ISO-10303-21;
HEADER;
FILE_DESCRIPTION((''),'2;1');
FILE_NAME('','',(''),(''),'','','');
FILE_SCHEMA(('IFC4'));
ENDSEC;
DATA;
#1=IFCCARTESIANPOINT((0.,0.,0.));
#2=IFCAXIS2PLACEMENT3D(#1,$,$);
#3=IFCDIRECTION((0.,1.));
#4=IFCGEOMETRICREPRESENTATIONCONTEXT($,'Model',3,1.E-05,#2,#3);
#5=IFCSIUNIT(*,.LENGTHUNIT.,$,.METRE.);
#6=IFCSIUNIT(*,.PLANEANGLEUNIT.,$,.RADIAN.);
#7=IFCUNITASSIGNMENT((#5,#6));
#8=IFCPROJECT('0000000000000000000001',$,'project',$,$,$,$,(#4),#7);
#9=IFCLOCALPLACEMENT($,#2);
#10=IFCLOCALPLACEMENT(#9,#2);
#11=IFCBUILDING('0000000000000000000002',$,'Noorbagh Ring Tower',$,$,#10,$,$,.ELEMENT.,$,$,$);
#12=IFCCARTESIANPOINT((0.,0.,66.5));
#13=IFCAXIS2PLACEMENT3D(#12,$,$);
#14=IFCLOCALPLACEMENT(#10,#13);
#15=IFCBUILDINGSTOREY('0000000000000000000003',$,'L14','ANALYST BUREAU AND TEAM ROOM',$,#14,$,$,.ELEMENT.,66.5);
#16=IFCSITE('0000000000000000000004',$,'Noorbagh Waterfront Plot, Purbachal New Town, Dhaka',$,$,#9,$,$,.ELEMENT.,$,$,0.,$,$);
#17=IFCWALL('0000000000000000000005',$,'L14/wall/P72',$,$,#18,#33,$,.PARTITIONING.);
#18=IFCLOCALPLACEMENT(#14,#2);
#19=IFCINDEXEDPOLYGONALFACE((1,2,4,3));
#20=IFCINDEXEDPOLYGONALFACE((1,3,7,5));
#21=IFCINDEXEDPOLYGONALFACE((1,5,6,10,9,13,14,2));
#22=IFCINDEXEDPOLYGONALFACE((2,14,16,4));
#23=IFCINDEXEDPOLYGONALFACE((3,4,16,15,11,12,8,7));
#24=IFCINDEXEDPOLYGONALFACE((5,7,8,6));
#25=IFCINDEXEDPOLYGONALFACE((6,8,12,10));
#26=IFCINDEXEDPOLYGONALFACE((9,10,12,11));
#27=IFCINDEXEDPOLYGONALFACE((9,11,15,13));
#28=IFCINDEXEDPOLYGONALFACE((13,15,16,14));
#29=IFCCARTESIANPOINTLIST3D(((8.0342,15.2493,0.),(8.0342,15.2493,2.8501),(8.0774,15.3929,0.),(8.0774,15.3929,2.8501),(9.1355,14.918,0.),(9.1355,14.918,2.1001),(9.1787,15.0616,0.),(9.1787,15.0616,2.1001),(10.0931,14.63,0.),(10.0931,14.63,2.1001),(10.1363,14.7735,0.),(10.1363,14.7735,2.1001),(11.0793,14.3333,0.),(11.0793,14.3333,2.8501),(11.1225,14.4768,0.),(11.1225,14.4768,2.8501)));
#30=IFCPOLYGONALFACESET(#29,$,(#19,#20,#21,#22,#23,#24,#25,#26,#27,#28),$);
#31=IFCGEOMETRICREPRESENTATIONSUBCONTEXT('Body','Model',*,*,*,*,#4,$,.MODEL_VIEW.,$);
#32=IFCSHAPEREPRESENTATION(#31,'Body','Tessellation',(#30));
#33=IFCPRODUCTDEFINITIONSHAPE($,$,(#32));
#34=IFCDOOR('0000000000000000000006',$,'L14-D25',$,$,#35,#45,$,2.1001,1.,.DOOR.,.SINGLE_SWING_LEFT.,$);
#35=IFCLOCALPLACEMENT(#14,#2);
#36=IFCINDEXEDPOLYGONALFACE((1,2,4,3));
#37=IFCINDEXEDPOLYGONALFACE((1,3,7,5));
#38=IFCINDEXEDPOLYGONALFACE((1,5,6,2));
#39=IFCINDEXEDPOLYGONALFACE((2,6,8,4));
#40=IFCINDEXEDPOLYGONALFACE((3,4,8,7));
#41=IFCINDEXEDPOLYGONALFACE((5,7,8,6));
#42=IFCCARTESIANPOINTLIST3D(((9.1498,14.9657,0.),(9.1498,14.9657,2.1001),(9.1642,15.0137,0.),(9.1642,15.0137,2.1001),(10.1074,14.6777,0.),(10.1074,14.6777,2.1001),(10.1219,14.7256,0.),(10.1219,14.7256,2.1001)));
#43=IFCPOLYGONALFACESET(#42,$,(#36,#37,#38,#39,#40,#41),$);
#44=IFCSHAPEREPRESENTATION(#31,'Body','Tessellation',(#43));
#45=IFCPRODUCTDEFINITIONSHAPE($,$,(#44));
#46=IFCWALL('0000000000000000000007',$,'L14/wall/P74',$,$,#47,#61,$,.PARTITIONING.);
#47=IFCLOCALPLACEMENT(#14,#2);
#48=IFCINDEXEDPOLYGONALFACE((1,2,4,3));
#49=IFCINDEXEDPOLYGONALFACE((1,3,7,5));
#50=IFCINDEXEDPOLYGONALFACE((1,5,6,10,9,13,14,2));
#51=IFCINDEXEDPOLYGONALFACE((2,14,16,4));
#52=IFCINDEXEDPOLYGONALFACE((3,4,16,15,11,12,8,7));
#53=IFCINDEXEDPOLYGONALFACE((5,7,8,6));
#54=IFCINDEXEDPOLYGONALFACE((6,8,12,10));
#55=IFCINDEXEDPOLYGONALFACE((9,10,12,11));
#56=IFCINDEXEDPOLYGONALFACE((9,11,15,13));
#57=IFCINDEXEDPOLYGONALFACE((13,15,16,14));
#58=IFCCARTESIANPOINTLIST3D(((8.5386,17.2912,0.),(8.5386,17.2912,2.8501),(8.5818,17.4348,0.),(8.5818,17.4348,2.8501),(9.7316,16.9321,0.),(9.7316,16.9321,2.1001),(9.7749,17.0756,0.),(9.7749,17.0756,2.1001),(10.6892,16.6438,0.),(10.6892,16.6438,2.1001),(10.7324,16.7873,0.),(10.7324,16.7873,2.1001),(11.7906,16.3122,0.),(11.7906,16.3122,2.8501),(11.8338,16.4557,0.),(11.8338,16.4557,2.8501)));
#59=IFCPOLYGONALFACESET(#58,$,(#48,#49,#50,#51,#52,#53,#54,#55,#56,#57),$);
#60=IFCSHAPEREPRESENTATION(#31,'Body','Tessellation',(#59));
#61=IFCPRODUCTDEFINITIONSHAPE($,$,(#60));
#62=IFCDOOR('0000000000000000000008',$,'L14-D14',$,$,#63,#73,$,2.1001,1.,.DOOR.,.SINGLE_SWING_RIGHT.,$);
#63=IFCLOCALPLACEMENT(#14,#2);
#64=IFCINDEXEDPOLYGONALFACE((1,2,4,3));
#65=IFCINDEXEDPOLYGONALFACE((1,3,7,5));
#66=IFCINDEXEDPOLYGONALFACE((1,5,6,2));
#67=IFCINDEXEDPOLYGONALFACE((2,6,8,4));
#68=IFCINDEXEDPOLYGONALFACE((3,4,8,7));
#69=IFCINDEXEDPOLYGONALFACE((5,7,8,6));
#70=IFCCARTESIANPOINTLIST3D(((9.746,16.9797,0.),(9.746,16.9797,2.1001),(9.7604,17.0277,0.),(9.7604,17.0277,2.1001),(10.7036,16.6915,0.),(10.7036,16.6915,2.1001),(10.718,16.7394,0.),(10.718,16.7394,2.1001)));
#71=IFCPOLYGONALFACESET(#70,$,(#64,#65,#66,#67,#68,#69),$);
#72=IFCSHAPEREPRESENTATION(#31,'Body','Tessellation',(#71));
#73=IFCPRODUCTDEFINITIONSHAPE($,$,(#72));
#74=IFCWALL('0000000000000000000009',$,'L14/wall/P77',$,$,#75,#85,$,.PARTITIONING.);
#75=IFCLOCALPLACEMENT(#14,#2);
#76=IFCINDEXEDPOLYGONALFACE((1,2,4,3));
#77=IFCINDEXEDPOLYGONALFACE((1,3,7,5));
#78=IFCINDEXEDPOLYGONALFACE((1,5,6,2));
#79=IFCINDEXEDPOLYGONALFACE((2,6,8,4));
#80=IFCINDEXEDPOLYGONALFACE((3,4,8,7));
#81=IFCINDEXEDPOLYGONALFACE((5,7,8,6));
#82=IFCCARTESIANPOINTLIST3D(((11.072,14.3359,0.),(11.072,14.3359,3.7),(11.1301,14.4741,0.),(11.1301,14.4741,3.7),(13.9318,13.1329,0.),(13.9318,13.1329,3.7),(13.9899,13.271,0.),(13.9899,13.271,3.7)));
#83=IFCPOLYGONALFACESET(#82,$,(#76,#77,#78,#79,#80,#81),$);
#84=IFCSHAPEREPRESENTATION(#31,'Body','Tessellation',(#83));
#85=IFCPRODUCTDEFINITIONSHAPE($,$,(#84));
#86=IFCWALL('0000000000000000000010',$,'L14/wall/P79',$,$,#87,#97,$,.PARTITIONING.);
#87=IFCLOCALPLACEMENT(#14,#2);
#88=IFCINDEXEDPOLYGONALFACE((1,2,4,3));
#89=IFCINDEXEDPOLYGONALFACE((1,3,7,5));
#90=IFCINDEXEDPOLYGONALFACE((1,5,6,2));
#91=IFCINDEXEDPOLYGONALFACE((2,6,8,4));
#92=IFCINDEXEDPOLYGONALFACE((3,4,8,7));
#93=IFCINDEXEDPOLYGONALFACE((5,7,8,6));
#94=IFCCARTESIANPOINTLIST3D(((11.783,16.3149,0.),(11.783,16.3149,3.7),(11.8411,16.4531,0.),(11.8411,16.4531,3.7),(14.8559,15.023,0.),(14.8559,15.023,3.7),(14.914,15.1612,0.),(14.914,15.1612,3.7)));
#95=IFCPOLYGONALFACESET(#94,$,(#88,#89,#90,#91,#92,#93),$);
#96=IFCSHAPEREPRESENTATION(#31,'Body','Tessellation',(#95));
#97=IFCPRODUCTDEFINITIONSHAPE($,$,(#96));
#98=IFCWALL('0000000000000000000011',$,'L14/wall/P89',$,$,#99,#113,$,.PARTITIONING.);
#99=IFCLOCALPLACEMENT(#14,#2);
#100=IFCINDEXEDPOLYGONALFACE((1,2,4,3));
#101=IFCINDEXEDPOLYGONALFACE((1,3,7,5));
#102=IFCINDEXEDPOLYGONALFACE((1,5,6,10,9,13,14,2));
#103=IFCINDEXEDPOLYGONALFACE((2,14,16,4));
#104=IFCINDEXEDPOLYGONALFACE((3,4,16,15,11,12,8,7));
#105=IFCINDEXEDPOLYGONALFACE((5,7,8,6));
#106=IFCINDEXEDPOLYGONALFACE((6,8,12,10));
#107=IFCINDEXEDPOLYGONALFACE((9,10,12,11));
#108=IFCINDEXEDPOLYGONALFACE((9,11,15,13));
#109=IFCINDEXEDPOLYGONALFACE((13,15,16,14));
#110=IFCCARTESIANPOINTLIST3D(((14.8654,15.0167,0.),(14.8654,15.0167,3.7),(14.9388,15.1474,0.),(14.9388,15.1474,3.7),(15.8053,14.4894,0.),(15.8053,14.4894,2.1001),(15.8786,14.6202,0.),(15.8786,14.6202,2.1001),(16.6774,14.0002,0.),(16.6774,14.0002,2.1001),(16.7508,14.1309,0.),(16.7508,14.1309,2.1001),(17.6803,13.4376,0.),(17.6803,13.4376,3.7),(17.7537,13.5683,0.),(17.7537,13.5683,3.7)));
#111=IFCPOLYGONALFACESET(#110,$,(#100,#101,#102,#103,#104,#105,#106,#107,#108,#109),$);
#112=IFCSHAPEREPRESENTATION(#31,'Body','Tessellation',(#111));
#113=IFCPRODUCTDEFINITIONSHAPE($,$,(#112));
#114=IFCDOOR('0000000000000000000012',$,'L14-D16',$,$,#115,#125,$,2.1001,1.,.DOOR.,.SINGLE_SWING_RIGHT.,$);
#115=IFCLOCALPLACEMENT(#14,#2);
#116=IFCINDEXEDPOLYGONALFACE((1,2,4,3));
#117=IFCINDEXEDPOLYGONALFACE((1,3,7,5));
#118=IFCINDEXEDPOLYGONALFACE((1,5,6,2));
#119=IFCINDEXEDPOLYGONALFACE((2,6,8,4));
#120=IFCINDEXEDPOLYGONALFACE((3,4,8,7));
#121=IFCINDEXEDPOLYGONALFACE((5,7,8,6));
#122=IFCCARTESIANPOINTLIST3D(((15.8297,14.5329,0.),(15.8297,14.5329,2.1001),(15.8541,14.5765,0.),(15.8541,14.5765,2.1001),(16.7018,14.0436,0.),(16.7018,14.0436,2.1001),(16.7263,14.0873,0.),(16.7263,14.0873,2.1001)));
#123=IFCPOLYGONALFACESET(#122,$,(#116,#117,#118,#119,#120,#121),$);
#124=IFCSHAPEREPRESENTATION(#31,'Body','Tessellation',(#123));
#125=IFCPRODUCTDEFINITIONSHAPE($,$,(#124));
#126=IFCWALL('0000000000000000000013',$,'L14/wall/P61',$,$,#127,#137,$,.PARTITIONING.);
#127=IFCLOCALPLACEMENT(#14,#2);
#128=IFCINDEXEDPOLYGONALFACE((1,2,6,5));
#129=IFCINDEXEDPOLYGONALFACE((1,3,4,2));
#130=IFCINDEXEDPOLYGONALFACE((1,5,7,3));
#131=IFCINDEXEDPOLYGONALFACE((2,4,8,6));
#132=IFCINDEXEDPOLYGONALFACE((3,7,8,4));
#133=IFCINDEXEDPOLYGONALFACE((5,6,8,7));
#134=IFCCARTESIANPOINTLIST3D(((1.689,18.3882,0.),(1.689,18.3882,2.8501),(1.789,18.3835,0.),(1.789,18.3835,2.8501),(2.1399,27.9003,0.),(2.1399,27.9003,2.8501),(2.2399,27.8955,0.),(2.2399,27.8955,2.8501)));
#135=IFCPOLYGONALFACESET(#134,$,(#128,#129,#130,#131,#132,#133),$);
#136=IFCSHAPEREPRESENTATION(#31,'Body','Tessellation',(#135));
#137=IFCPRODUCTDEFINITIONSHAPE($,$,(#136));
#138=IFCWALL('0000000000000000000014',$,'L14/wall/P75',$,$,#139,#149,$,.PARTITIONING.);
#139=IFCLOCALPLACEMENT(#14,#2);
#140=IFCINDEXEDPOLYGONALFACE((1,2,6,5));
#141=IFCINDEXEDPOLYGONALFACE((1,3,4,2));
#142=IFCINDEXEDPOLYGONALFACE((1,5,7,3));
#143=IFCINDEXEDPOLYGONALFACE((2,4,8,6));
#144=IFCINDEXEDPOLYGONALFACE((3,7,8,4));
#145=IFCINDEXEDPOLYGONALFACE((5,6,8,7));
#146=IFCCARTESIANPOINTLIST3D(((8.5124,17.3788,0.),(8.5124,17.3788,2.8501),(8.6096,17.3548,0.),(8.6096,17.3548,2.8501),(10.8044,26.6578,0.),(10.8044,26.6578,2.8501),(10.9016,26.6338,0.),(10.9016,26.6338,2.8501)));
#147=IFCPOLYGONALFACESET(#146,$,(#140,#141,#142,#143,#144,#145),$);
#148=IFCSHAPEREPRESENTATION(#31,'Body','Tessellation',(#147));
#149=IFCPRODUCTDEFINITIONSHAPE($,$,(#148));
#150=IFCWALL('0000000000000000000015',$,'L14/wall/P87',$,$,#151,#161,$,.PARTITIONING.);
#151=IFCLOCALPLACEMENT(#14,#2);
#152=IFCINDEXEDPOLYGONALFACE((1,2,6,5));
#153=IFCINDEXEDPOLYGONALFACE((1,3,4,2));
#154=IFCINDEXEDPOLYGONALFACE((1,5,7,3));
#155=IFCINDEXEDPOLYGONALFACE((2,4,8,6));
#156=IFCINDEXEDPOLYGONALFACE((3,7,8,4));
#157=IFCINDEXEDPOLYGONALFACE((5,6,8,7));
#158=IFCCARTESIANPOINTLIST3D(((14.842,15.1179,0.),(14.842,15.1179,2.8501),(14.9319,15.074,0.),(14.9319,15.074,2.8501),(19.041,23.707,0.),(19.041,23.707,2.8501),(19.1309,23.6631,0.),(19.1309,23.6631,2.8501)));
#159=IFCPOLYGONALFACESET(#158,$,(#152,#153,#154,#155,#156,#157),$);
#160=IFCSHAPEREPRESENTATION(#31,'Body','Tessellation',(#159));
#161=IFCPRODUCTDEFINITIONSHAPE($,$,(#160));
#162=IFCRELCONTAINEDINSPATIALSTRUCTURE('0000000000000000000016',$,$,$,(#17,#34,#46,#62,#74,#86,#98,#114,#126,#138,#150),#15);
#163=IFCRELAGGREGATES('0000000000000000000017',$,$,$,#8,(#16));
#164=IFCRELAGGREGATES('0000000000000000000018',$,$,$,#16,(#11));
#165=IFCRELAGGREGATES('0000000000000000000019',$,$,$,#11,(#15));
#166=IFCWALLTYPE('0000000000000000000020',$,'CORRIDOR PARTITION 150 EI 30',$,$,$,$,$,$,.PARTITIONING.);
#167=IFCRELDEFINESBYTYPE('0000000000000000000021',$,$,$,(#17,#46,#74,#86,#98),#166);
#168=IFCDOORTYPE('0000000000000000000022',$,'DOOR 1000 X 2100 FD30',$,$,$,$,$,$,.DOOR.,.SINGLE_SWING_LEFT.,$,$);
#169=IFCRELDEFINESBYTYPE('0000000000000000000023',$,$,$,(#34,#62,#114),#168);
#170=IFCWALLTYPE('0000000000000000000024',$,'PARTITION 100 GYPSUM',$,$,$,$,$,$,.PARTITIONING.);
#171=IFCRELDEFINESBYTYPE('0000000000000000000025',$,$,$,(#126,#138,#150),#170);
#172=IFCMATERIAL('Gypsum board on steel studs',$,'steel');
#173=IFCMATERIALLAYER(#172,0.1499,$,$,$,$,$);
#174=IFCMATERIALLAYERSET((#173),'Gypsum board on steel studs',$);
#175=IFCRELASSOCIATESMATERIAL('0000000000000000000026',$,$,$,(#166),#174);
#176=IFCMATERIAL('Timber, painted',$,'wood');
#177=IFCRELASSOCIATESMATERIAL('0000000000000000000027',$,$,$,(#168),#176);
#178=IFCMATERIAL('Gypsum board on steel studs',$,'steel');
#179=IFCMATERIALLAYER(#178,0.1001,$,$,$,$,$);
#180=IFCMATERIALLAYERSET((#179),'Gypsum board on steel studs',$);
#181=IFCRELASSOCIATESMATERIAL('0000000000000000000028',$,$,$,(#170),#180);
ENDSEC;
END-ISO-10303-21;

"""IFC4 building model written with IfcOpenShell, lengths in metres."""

from ifc_helpers import new_model, si_unit, direction, frame, frame_2d, origin, place, context, subcontext, project, spatial, rectangle, extrude, material, layer, layer_set, type_object, element, fill, save


model = new_model("IFC4")

# Units and contexts
model_context = context("Model", 3, precision=1e-05, world=origin(), true_north=direction((0.0, 1.0)))
body_context = subcontext(model_context, "Body", "Model", "MODEL_VIEW")
ifc_project = project(units=[si_unit("LENGTHUNIT", "METRE"), si_unit("PLANEANGLEUNIT", "RADIAN")], contexts=[model_context])

# Site, building, storey
site_placement = place(None, origin())
site = spatial("IfcSite", under=ifc_project, at=site_placement, Name="Noorbagh Waterfront Plot, Purbachal New Town, Dhaka", CompositionType="ELEMENT", RefElevation=0.0)
building_placement = place(site_placement, origin())
building = spatial("IfcBuilding", under=site, at=building_placement, Name="Noorbagh Ring Tower", CompositionType="ELEMENT")
storey_placement = place(building_placement, frame((0.0, 0.0, 66.5)))
storey = spatial("IfcBuildingStorey", under=building, at=storey_placement, Name="L14", Description="ANALYST BUREAU AND TEAM ROOM", CompositionType="ELEMENT", Elevation=66.5)

# Shared definitions
ifc_material_1 = material(Name="Gypsum board on steel studs", Category="steel")
ifc_layer_1 = layer(ifc_material_1, 0.1499)
ifc_layer_set_1 = layer_set([ifc_layer_1], Name="Gypsum board on steel studs")
wall_type_1 = type_object("IfcWallType", Name="CORRIDOR PARTITION 150 EI 30", PredefinedType="PARTITIONING", material=ifc_layer_set_1)

# Walls, openings, doors
ifc_material_2 = material(Name="Timber, painted", Category="wood")
door_type = type_object("IfcDoorType", Name="DOOR 1000 X 2100 FD30", OperationType="SINGLE_SWING_LEFT", PredefinedType="DOOR", material=ifc_material_2)
wall_1_placement = place(storey_placement, frame((8.0559, 15.321, 0.0), z_axis=(0.0, 0.0, 1.0), x_axis=(0.957613, -0.288059, 0.0)))
wall_1 = element("IfcWall", 1, at=wall_1_placement, inside=storey, type_object=wall_type_1, Name="L14/wall/P72", PredefinedType="PARTITIONING", context=body_context, shape_type="SweptSolid", body=[
    extrude(rectangle(XDim=3.1799, YDim=0.1499, at=frame_2d((1.5898, 0.0))), origin(), (0.0, 0.0, 1.0), 2.8501),
])
opening_1_placement = place(wall_1_placement, frame((1.1499, 0.0, 0.0)))
opening_1 = element("IfcOpeningElement", 2, at=opening_1_placement, cuts=wall_1, PredefinedType="OPENING", context=body_context, shape_type="SweptSolid", body=[
    extrude(rectangle(XDim=1.0, YDim=2.1001, at=frame_2d((0.5, 1.05))), frame((0.0, 0.085, 0.0), z_axis=(0.0, -1.0, 0.0), x_axis=(1.0, 0.0, 0.0)), (0.0, 0.0, 1.0), 0.1699),
])
door_1_placement = place(opening_1_placement, origin())
door_1 = element("IfcDoor", 3, at=door_1_placement, inside=storey, type_object=door_type, Name="L14-D25", OperationType="SINGLE_SWING_LEFT", OverallHeight=2.1001, OverallWidth=1.0, PredefinedType="DOOR", context=body_context, shape_type="SweptSolid", body=[
    extrude(rectangle(XDim=1.0, YDim=2.1001, at=frame_2d((0.5, 1.05))), frame((0.0, 0.0249, 0.0), z_axis=(0.0, -1.0, 0.0), x_axis=(1.0, 0.0, 0.0)), (0.0, 0.0, 1.0), 0.05),
])
fill(opening_1, door_1)
wall_2_placement = place(storey_placement, frame((8.5601, 17.363, 0.0), z_axis=(0.0, 0.0, 1.0), x_axis=(0.957549, -0.288271, 0.0)))
wall_2 = element("IfcWall", 4, at=wall_2_placement, inside=storey, type_object=wall_type_1, Name="L14/wall/P74", PredefinedType="PARTITIONING", context=body_context, shape_type="SweptSolid", body=[
    extrude(rectangle(XDim=3.3962, YDim=0.1499, at=frame_2d((1.6982, 0.0))), origin(), (0.0, 0.0, 1.0), 2.8501),
])
opening_2_placement = place(wall_2_placement, frame((1.2461, 0.0, 0.0)))
opening_2 = element("IfcOpeningElement", 5, at=opening_2_placement, cuts=wall_2, PredefinedType="OPENING", context=body_context, shape_type="SweptSolid", body=[
    extrude(rectangle(XDim=1.0, YDim=2.1001, at=frame_2d((0.5, 1.05))), frame((0.0, 0.085, 0.0), z_axis=(0.0, -1.0, 0.0), x_axis=(1.0, 0.0, 0.0)), (0.0, 0.0, 1.0), 0.1699),
])
door_2_placement = place(opening_2_placement, origin())
door_2 = element("IfcDoor", 6, at=door_2_placement, inside=storey, type_object=door_type, Name="L14-D14", OperationType="SINGLE_SWING_RIGHT", OverallHeight=2.1001, OverallWidth=1.0, PredefinedType="DOOR", context=body_context, shape_type="SweptSolid", body=[
    extrude(rectangle(XDim=1.0, YDim=2.1001, at=frame_2d((0.5, 1.05))), frame((0.0, 0.0249, 0.0), z_axis=(0.0, -1.0, 0.0), x_axis=(1.0, 0.0, 0.0)), (0.0, 0.0, 1.0), 0.05),
])
fill(opening_2, door_2)

# Walls
wall_3_placement = place(storey_placement, frame((11.1011, 14.405, 0.0), z_axis=(0.0, 0.0, 1.0), x_axis=(0.921754, -0.387776, 0.0)))
element("IfcWall", 7, at=wall_3_placement, inside=storey, type_object=wall_type_1, Name="L14/wall/P77", PredefinedType="PARTITIONING", context=body_context, shape_type="SweptSolid", body=[
    extrude(rectangle(XDim=3.1025, YDim=0.1499, at=frame_2d((1.5513, 0.0))), origin(), (0.0, 0.0, 1.0), 3.7),
])
wall_4_placement = place(storey_placement, frame((11.812, 16.384, 0.0), z_axis=(0.0, 0.0, 1.0), x_axis=(0.921839, -0.387572, 0.0)))
element("IfcWall", 8, at=wall_4_placement, inside=storey, type_object=wall_type_1, Name="L14/wall/P79", PredefinedType="PARTITIONING", context=body_context, shape_type="SweptSolid", body=[
    extrude(rectangle(XDim=3.3335, YDim=0.1499, at=frame_2d((1.6667, 0.0))), origin(), (0.0, 0.0, 1.0), 3.7),
])

# Wall, opening, door
wall_5_placement = place(storey_placement, frame((14.9021, 15.082, 0.0), z_axis=(0.0, 0.0, 1.0), x_axis=(0.872145, -0.489248, 0.0)))
wall_5 = element("IfcWall", 9, at=wall_5_placement, inside=storey, type_object=wall_type_1, Name="L14/wall/P89", PredefinedType="PARTITIONING", context=body_context, shape_type="SweptSolid", body=[
    extrude(rectangle(XDim=3.2275, YDim=0.1499, at=frame_2d((1.6138, 0.0))), origin(), (0.0, 0.0, 1.0), 3.7),
])
opening_3_placement = place(wall_5_placement, frame((1.0776, 0.0, 0.0)))
opening_3 = element("IfcOpeningElement", 10, at=opening_3_placement, cuts=wall_5, PredefinedType="OPENING", context=body_context, shape_type="SweptSolid", body=[
    extrude(rectangle(XDim=1.0, YDim=2.1001, at=frame_2d((0.5, 1.05))), frame((0.0, 0.085, 0.0), z_axis=(0.0, -1.0, 0.0), x_axis=(1.0, 0.0, 0.0)), (0.0, 0.0, 1.0), 0.1699),
])
door_3_placement = place(opening_3_placement, origin())
door_3 = element("IfcDoor", 11, at=door_3_placement, inside=storey, type_object=door_type, Name="L14-D16", OperationType="SINGLE_SWING_RIGHT", OverallHeight=2.1001, OverallWidth=1.0, PredefinedType="DOOR", context=body_context, shape_type="SweptSolid", body=[
    extrude(rectangle(XDim=1.0, YDim=2.1001, at=frame_2d((0.5, 1.05))), frame((0.0, 0.0249, 0.0), z_axis=(0.0, -1.0, 0.0), x_axis=(1.0, 0.0, 0.0)), (0.0, 0.0, 1.0), 0.05),
])
fill(opening_3, door_3)

# Walls
ifc_material_3 = material(Name="Gypsum board on steel studs", Category="steel")
ifc_layer_2 = layer(ifc_material_3, 0.1001)
ifc_layer_set_2 = layer_set([ifc_layer_2], Name="Gypsum board on steel studs")
wall_type_2 = type_object("IfcWallType", Name="PARTITION 100 GYPSUM", PredefinedType="PARTITIONING", material=ifc_layer_set_2)
wall_6_placement = place(storey_placement, frame((1.739, 18.386, 0.0), z_axis=(0.0, 0.0, 1.0), x_axis=(0.047353, 0.998878, 0.0)))
element("IfcWall", 12, at=wall_6_placement, inside=storey, type_object=wall_type_2, Name="L14/wall/P61", PredefinedType="PARTITIONING", context=body_context, shape_type="SweptSolid", body=[
    extrude(rectangle(XDim=9.5227, YDim=0.1001, at=frame_2d((4.7612, 0.0))), origin(), (0.0, 0.0, 1.0), 2.8501),
])
wall_7_placement = place(storey_placement, frame((8.561, 17.3669, 0.0), z_axis=(0.0, 0.0, 1.0), x_axis=(0.2398, 0.970822, 0.0)))
element("IfcWall", 13, at=wall_7_placement, inside=storey, type_object=wall_type_2, Name="L14/wall/P75", PredefinedType="PARTITIONING", context=body_context, shape_type="SweptSolid", body=[
    extrude(rectangle(XDim=9.5579, YDim=0.1001, at=frame_2d((4.7788, 0.0))), origin(), (0.0, 0.0, 1.0), 2.8501),
])
wall_8_placement = place(storey_placement, frame((14.887, 15.0959, 0.0), z_axis=(0.0, 0.0, 1.0), x_axis=(0.439198, 0.89839, 0.0)))
element("IfcWall", 14, at=wall_8_placement, inside=storey, type_object=wall_type_2, Name="L14/wall/P87", PredefinedType="PARTITIONING", context=body_context, shape_type="SweptSolid", body=[
    extrude(rectangle(XDim=9.5605, YDim=0.1001, at=frame_2d((4.7803, 0.0))), origin(), (0.0, 0.0, 1.0), 2.8501),
])

save(model, "model.ifc")
